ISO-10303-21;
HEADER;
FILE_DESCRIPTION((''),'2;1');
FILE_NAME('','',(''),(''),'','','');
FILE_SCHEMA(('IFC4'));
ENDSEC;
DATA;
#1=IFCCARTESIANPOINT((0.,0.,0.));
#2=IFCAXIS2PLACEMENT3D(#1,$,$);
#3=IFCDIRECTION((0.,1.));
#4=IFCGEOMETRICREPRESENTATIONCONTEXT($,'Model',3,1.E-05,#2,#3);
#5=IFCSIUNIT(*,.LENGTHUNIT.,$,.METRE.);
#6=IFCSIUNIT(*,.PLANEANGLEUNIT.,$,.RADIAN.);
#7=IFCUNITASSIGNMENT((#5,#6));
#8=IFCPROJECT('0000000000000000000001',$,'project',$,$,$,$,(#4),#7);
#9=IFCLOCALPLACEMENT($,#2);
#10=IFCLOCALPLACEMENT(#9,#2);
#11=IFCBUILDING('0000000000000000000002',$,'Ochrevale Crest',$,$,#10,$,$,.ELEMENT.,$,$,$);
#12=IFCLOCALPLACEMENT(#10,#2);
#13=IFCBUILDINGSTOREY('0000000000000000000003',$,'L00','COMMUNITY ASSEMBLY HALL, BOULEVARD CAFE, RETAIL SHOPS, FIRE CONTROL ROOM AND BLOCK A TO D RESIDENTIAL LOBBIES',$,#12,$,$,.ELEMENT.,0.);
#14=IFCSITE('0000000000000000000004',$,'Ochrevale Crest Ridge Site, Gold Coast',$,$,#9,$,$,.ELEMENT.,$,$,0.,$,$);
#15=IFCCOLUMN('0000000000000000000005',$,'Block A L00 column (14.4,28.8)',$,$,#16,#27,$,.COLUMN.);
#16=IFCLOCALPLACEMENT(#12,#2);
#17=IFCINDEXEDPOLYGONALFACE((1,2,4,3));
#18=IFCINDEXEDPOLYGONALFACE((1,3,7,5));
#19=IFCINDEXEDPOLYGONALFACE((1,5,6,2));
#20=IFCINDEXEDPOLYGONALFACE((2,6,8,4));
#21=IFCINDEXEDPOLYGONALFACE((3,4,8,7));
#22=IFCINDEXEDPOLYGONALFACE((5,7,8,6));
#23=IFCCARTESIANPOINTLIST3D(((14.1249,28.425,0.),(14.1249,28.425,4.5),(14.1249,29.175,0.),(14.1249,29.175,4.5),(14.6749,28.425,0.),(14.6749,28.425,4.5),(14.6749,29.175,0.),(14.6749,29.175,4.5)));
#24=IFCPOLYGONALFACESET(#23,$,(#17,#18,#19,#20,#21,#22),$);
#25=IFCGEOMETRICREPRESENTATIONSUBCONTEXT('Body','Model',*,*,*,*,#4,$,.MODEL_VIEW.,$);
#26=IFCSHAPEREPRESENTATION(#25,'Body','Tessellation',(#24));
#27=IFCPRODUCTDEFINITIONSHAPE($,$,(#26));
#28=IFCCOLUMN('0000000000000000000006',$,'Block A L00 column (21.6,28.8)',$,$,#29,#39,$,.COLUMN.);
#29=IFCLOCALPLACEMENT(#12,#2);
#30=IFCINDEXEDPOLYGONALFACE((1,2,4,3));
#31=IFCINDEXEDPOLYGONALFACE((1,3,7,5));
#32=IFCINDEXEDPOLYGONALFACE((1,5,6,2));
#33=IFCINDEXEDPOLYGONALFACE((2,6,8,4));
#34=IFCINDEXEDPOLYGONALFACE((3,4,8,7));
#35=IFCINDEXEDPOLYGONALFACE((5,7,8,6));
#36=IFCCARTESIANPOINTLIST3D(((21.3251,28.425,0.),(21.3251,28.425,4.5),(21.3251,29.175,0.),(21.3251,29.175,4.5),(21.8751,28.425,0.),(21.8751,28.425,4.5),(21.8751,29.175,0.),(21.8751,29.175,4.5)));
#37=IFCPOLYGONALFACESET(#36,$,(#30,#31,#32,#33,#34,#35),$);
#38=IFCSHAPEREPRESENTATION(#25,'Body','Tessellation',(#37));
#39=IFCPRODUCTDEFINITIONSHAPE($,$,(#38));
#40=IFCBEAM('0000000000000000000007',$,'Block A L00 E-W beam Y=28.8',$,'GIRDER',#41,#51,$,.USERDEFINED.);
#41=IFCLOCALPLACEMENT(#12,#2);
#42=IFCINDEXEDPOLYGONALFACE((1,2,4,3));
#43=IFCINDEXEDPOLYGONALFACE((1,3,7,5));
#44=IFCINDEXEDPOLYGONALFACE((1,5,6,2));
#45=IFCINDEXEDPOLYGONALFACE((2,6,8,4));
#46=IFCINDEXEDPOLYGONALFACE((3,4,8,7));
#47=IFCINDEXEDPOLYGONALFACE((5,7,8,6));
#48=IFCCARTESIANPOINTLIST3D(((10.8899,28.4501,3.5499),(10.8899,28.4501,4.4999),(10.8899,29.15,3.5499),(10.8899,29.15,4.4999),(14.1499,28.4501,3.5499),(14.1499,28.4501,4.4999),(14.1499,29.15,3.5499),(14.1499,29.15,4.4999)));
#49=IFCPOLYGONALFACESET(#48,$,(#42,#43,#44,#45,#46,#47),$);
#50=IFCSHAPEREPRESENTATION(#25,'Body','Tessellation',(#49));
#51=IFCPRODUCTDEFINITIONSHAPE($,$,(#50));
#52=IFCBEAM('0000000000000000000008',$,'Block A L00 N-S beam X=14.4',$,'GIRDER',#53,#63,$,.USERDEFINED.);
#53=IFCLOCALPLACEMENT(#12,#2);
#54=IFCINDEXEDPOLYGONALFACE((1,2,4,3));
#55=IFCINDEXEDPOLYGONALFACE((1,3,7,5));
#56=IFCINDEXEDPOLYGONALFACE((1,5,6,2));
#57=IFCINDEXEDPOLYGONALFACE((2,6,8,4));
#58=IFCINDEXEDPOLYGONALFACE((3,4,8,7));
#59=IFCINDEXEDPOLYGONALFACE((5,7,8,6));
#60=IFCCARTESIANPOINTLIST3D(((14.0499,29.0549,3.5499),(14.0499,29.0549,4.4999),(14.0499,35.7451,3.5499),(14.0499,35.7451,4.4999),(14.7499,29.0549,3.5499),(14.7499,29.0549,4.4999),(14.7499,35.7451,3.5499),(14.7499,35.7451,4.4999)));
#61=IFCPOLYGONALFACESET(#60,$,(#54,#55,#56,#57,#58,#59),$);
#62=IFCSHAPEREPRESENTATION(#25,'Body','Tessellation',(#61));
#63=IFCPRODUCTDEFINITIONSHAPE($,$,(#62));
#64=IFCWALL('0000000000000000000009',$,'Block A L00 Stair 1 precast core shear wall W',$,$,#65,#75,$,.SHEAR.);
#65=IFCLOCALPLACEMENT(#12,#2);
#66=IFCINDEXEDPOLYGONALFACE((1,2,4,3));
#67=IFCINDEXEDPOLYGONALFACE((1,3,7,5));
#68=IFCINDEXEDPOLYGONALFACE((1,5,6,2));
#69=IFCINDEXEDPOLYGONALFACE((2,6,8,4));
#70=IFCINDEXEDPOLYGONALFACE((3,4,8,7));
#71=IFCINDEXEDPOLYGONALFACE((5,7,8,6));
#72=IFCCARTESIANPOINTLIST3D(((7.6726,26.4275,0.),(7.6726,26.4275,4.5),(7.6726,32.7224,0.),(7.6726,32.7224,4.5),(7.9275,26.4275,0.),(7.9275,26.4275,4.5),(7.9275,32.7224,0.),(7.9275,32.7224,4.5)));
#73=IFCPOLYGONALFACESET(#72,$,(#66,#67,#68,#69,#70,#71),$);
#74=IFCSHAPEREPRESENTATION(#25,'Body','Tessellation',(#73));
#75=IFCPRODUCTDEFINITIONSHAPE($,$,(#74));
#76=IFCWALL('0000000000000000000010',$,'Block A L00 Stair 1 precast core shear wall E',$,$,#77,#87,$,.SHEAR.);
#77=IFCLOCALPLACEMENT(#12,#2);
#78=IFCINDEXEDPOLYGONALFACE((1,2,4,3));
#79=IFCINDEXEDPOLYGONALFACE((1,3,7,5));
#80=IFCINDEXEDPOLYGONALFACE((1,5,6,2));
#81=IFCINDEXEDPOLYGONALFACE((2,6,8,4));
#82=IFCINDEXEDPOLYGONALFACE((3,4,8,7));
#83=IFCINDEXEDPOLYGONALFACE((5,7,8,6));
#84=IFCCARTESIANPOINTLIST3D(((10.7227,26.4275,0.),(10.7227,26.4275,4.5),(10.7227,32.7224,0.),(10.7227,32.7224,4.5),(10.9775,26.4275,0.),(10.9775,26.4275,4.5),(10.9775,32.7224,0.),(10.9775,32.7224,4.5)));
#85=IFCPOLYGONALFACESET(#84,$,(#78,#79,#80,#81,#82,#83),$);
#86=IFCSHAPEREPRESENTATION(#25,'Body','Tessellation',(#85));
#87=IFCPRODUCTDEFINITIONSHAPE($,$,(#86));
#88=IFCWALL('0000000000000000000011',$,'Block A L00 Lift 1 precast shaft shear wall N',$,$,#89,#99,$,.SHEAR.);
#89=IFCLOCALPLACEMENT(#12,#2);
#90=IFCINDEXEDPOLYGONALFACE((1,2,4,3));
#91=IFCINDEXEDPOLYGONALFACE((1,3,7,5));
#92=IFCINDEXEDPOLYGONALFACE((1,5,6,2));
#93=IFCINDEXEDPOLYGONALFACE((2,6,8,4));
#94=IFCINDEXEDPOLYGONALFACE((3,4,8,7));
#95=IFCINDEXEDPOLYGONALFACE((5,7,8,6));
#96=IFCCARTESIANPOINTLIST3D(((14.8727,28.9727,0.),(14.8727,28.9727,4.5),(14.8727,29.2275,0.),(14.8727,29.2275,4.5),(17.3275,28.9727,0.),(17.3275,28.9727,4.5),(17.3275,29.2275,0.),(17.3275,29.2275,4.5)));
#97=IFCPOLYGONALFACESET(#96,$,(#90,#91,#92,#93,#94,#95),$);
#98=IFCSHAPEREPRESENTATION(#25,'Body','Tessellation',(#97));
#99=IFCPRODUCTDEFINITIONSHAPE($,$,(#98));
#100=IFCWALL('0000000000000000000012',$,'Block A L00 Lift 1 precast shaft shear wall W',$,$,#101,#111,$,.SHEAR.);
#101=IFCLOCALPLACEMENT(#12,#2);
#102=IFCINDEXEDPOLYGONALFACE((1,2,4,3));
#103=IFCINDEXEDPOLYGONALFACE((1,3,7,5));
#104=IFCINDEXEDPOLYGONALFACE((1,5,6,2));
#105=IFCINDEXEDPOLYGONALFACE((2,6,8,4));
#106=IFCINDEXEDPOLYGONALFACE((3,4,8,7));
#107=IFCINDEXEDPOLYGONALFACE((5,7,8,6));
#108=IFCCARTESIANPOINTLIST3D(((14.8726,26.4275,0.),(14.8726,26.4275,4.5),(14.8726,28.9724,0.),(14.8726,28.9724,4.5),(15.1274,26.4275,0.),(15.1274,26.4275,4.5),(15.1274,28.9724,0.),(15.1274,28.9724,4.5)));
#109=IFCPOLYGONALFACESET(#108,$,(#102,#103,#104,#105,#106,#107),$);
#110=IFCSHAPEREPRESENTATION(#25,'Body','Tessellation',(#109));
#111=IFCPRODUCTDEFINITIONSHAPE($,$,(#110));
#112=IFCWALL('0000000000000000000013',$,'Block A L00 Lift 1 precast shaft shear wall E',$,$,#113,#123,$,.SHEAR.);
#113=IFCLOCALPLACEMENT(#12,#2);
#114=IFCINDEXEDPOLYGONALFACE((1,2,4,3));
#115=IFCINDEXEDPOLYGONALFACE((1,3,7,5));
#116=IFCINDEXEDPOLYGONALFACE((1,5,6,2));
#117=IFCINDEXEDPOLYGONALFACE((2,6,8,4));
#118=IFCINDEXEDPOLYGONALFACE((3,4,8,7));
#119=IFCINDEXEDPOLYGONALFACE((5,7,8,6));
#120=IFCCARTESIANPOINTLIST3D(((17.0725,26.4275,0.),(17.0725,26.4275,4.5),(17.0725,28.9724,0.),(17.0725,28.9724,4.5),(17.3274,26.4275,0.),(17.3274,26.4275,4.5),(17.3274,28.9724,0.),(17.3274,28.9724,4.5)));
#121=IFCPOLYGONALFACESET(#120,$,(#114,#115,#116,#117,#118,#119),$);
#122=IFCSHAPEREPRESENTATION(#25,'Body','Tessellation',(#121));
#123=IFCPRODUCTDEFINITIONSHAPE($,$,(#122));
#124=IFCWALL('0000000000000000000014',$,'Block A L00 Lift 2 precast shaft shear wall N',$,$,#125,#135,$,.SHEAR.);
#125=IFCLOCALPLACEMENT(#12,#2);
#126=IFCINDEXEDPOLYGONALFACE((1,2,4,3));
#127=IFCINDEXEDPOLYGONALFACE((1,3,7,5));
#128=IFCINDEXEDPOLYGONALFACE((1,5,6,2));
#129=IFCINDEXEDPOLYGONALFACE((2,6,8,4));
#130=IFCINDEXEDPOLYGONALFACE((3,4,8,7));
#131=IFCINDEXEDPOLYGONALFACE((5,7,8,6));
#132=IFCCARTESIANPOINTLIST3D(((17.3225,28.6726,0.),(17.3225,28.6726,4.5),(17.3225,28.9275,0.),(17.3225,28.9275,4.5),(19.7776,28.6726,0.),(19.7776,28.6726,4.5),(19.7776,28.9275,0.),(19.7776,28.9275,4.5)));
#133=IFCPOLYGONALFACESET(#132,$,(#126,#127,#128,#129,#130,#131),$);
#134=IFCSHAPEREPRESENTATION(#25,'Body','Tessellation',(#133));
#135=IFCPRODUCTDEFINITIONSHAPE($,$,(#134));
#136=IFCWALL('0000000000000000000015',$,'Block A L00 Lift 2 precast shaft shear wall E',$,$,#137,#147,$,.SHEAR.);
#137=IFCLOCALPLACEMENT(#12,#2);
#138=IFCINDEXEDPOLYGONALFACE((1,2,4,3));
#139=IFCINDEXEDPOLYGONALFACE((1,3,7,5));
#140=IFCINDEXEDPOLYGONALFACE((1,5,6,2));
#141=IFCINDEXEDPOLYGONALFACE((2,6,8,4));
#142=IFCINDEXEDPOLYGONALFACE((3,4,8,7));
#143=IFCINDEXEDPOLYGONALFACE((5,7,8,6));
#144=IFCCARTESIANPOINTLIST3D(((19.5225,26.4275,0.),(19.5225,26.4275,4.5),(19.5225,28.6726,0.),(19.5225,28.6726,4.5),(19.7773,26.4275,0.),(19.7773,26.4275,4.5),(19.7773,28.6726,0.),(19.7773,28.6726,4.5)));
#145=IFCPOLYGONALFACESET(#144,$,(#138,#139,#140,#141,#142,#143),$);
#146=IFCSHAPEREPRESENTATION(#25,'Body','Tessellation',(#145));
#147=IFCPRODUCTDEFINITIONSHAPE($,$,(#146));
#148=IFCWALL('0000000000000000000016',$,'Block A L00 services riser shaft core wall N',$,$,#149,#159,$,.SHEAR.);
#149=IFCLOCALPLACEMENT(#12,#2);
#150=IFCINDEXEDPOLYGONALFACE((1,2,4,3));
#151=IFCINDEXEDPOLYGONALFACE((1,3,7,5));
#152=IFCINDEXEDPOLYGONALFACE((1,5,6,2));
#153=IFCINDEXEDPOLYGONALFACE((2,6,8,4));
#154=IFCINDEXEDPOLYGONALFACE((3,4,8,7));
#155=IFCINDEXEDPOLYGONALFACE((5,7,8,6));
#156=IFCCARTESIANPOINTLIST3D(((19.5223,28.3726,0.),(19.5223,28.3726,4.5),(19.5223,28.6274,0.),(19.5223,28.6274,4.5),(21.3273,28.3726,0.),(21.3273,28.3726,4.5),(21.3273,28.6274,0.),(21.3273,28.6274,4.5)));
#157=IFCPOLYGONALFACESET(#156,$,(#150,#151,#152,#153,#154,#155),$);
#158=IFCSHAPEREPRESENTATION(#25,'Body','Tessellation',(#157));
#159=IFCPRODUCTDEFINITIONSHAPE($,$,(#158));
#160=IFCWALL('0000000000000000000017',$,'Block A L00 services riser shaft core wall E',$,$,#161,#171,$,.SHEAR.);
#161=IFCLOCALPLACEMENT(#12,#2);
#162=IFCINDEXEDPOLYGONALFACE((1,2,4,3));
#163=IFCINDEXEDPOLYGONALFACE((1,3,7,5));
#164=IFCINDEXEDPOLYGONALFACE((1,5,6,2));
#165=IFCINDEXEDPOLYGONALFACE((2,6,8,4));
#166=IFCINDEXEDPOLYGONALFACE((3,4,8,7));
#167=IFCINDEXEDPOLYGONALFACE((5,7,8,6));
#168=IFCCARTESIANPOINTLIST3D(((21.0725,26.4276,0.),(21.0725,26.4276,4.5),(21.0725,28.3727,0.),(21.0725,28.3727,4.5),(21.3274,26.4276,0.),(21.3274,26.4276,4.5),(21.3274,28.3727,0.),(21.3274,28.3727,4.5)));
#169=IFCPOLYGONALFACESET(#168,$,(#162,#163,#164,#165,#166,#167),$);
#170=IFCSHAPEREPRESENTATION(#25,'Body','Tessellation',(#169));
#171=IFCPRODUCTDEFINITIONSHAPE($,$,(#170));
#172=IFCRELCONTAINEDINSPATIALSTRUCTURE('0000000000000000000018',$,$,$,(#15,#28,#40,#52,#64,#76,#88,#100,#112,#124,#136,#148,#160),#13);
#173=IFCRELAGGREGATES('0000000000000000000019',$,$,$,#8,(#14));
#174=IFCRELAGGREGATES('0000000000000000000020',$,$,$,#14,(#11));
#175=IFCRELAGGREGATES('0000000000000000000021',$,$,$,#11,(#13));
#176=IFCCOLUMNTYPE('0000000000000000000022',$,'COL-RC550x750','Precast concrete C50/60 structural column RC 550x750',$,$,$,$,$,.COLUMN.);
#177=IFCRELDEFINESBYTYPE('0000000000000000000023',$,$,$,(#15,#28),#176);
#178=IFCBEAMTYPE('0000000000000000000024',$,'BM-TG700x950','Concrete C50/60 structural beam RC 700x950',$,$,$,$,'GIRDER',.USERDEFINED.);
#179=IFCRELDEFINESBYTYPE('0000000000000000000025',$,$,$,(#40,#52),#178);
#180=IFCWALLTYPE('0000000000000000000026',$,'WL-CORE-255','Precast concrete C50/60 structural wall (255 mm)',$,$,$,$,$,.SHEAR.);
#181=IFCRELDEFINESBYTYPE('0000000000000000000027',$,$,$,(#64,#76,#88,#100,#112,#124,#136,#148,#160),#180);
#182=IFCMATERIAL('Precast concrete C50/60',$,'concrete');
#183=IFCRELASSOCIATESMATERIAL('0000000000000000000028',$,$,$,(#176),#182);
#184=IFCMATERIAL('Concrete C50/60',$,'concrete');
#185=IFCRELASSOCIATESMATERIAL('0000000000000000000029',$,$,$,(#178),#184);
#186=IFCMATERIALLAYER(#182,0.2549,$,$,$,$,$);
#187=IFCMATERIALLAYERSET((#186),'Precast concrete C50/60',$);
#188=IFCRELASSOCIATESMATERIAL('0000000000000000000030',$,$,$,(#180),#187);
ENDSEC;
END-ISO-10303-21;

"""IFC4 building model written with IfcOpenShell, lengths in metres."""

from ifc_helpers import new_model, si_unit, direction, frame, frame_2d, origin, origin_2d, place, context, subcontext, project, spatial, rectangle, extrude, material, layer, layer_set, material_profile, profile_set, type_object, element, save


model = new_model("IFC4")

# Units and contexts
model_context = context("Model", 3, precision=1e-05, world=origin(), true_north=direction((0.0, 1.0)))
body_context = subcontext(model_context, "Body", "Model", "MODEL_VIEW")
ifc_project = project(units=[si_unit("LENGTHUNIT", "METRE"), si_unit("PLANEANGLEUNIT", "RADIAN")], contexts=[model_context])

# Site, building, storey
site_placement = place(None, origin())
site = spatial("IfcSite", under=ifc_project, at=site_placement, Name="Ochrevale Crest Ridge Site, Gold Coast", CompositionType="ELEMENT", RefElevation=0.0)
building_placement = place(site_placement, origin())
building = spatial("IfcBuilding", under=site, at=building_placement, Name="Ochrevale Crest", CompositionType="ELEMENT")
storey_placement = place(building_placement, origin())
storey = spatial("IfcBuildingStorey", under=building, at=storey_placement, Name="L00", Description="COMMUNITY ASSEMBLY HALL, BOULEVARD CAFE, RETAIL SHOPS, FIRE CONTROL ROOM AND BLOCK A TO D RESIDENTIAL LOBBIES", CompositionType="ELEMENT", Elevation=0.0)

# Columns
ifc_material_1 = material(Name="Precast concrete C50/60", Category="concrete")
ifc_material_profile_1 = material_profile(ifc_material_1, rectangle(XDim=0.55, YDim=0.75, at=origin_2d()), Name="RC 550x750")
ifc_profile_set_1 = profile_set([ifc_material_profile_1], Name="Precast concrete C50/60")
column_type = type_object("IfcColumnType", Name="COL-RC550x750", Description="Precast concrete C50/60 structural column RC 550x750", PredefinedType="COLUMN", material=ifc_profile_set_1)
for number, where, z_axis, x_axis, name in (
    (1, (14.3999, 28.8, 0.0), (0.0, 0.0, 1.0), (1.0, 0.0, 0.0), "Block A L00 column (14.4,28.8)"),
    (2, (21.6001, 28.8, 0.0), (0.0, 0.0, 1.0), (1.0, 0.0, 0.0), "Block A L00 column (21.6,28.8)"),
):
    element("IfcColumn", number, at=place(storey_placement, frame(where, z_axis=z_axis, x_axis=x_axis)), inside=storey, type_object=column_type, Name=name, PredefinedType="COLUMN", context=body_context, shape_type="SweptSolid", body=[
        extrude(rectangle(XDim=0.55, YDim=0.75, at=origin_2d()), origin(), (0.0, 0.0, 1.0), 4.5),
    ])

# Beams
ifc_material_2 = material(Name="Concrete C50/60", Category="concrete")
ifc_material_profile_2 = material_profile(ifc_material_2, rectangle(XDim=0.7, YDim=0.95, at=origin_2d()), Name="RC 700x950")
ifc_profile_set_2 = profile_set([ifc_material_profile_2], Name="Concrete C50/60")
beam_type = type_object("IfcBeamType", Name="BM-TG700x950", Description="Concrete C50/60 structural beam RC 700x950", ElementType="GIRDER", PredefinedType="USERDEFINED", material=ifc_profile_set_2)
beam_1_placement = place(storey_placement, frame((10.8899, 28.8, 4.0249), z_axis=(1.0, 0.0, 0.0), x_axis=(0.0, 1.0, 0.0)))
element("IfcBeam", 3, at=beam_1_placement, inside=storey, type_object=beam_type, Name="Block A L00 E-W beam Y=28.8", ObjectType="GIRDER", PredefinedType="USERDEFINED", context=body_context, shape_type="SweptSolid", body=[
    extrude(rectangle(XDim=0.7, YDim=0.95, at=origin_2d()), origin(), (0.0, 0.0, 1.0), 3.26),
])
beam_2_placement = place(storey_placement, frame((14.3999, 29.0549, 4.0249), z_axis=(0.0, 1.0, 0.0), x_axis=(-1.0, 0.0, 0.0)))
element("IfcBeam", 4, at=beam_2_placement, inside=storey, type_object=beam_type, Name="Block A L00 N-S beam X=14.4", ObjectType="GIRDER", PredefinedType="USERDEFINED", context=body_context, shape_type="SweptSolid", body=[
    extrude(rectangle(XDim=0.7, YDim=0.95, at=origin_2d()), origin(), (0.0, 0.0, 1.0), 6.6902),
])

# Walls
ifc_layer = layer(ifc_material_1, 0.2549)
ifc_layer_set = layer_set([ifc_layer], Name="Precast concrete C50/60")
wall_type = type_object("IfcWallType", Name="WL-CORE-255", Description="Precast concrete C50/60 structural wall (255 mm)", PredefinedType="SHEAR", material=ifc_layer_set)
for number, where, z_axis, x_axis, name in (
    (5, (7.8, 26.4275, 0.0), (0.0, 0.0, 1.0), (0.0, 1.0, 0.0), "Block A L00 Stair 1 precast core shear wall W"),
    (6, (10.8501, 26.4275, 0.0), (0.0, 0.0, 1.0), (0.0, 1.0, 0.0), "Block A L00 Stair 1 precast core shear wall E"),
):
    element("IfcWall", number, at=place(storey_placement, frame(where, z_axis=z_axis, x_axis=x_axis)), inside=storey, type_object=wall_type, Name=name, PredefinedType="SHEAR", context=body_context, shape_type="SweptSolid", body=[
        extrude(rectangle(XDim=6.2949, YDim=0.2549, at=frame_2d((3.1475, 0.0))), origin(), (0.0, 0.0, 1.0), 4.5),
    ])
wall_1_placement = place(storey_placement, frame((14.8726, 29.1001, 0.0), z_axis=(0.0, 0.0, 1.0), x_axis=(1.0, 0.0, 0.0)))
element("IfcWall", 7, at=wall_1_placement, inside=storey, type_object=wall_type, Name="Block A L00 Lift 1 precast shaft shear wall N", PredefinedType="SHEAR", context=body_context, shape_type="SweptSolid", body=[
    extrude(rectangle(XDim=2.4548, YDim=0.2549, at=frame_2d((1.2275, 0.0))), origin(), (0.0, 0.0, 1.0), 4.5),
])
for number, where, z_axis, x_axis, name in (
    (8, (15.0, 26.4275, 0.0), (0.0, 0.0, 1.0), (0.0, 1.0, 0.0), "Block A L00 Lift 1 precast shaft shear wall W"),
    (9, (17.2, 26.4275, 0.0), (0.0, 0.0, 1.0), (0.0, 1.0, 0.0), "Block A L00 Lift 1 precast shaft shear wall E"),
):
    element("IfcWall", number, at=place(storey_placement, frame(where, z_axis=z_axis, x_axis=x_axis)), inside=storey, type_object=wall_type, Name=name, PredefinedType="SHEAR", context=body_context, shape_type="SweptSolid", body=[
        extrude(rectangle(XDim=2.5449, YDim=0.2549, at=frame_2d((1.2725, 0.0))), origin(), (0.0, 0.0, 1.0), 4.5),
    ])
wall_2_placement = place(storey_placement, frame((17.3225, 28.8, 0.0), z_axis=(0.0, 0.0, 1.0), x_axis=(1.0, 0.0, 0.0)))
element("IfcWall", 10, at=wall_2_placement, inside=storey, type_object=wall_type, Name="Block A L00 Lift 2 precast shaft shear wall N", PredefinedType="SHEAR", context=body_context, shape_type="SweptSolid", body=[
    extrude(rectangle(XDim=2.4551, YDim=0.2549, at=frame_2d((1.2275, 0.0))), origin(), (0.0, 0.0, 1.0), 4.5),
])
wall_3_placement = place(storey_placement, frame((19.6499, 26.4275, 0.0), z_axis=(0.0, 0.0, 1.0), x_axis=(0.0, 1.0, 0.0)))
element("IfcWall", 11, at=wall_3_placement, inside=storey, type_object=wall_type, Name="Block A L00 Lift 2 precast shaft shear wall E", PredefinedType="SHEAR", context=body_context, shape_type="SweptSolid", body=[
    extrude(rectangle(XDim=2.2451, YDim=0.2549, at=frame_2d((1.1226, 0.0))), origin(), (0.0, 0.0, 1.0), 4.5),
])
wall_4_placement = place(storey_placement, frame((19.5225, 28.5, 0.0), z_axis=(0.0, 0.0, 1.0), x_axis=(1.0, 0.0, 0.0)))
element("IfcWall", 12, at=wall_4_placement, inside=storey, type_object=wall_type, Name="Block A L00 services riser shaft core wall N", PredefinedType="SHEAR", context=body_context, shape_type="SweptSolid", body=[
    extrude(rectangle(XDim=1.8049, YDim=0.2549, at=frame_2d((0.9023, 0.0))), origin(), (0.0, 0.0, 1.0), 4.5),
])
wall_5_placement = place(storey_placement, frame((21.2, 26.4275, 0.0), z_axis=(0.0, 0.0, 1.0), x_axis=(0.0, 1.0, 0.0)))
element("IfcWall", 13, at=wall_5_placement, inside=storey, type_object=wall_type, Name="Block A L00 services riser shaft core wall E", PredefinedType="SHEAR", context=body_context, shape_type="SweptSolid", body=[
    extrude(rectangle(XDim=1.9451, YDim=0.2549, at=frame_2d((0.9727, 0.0))), origin(), (0.0, 0.0, 1.0), 4.5),
])

save(model, "model.ifc")
